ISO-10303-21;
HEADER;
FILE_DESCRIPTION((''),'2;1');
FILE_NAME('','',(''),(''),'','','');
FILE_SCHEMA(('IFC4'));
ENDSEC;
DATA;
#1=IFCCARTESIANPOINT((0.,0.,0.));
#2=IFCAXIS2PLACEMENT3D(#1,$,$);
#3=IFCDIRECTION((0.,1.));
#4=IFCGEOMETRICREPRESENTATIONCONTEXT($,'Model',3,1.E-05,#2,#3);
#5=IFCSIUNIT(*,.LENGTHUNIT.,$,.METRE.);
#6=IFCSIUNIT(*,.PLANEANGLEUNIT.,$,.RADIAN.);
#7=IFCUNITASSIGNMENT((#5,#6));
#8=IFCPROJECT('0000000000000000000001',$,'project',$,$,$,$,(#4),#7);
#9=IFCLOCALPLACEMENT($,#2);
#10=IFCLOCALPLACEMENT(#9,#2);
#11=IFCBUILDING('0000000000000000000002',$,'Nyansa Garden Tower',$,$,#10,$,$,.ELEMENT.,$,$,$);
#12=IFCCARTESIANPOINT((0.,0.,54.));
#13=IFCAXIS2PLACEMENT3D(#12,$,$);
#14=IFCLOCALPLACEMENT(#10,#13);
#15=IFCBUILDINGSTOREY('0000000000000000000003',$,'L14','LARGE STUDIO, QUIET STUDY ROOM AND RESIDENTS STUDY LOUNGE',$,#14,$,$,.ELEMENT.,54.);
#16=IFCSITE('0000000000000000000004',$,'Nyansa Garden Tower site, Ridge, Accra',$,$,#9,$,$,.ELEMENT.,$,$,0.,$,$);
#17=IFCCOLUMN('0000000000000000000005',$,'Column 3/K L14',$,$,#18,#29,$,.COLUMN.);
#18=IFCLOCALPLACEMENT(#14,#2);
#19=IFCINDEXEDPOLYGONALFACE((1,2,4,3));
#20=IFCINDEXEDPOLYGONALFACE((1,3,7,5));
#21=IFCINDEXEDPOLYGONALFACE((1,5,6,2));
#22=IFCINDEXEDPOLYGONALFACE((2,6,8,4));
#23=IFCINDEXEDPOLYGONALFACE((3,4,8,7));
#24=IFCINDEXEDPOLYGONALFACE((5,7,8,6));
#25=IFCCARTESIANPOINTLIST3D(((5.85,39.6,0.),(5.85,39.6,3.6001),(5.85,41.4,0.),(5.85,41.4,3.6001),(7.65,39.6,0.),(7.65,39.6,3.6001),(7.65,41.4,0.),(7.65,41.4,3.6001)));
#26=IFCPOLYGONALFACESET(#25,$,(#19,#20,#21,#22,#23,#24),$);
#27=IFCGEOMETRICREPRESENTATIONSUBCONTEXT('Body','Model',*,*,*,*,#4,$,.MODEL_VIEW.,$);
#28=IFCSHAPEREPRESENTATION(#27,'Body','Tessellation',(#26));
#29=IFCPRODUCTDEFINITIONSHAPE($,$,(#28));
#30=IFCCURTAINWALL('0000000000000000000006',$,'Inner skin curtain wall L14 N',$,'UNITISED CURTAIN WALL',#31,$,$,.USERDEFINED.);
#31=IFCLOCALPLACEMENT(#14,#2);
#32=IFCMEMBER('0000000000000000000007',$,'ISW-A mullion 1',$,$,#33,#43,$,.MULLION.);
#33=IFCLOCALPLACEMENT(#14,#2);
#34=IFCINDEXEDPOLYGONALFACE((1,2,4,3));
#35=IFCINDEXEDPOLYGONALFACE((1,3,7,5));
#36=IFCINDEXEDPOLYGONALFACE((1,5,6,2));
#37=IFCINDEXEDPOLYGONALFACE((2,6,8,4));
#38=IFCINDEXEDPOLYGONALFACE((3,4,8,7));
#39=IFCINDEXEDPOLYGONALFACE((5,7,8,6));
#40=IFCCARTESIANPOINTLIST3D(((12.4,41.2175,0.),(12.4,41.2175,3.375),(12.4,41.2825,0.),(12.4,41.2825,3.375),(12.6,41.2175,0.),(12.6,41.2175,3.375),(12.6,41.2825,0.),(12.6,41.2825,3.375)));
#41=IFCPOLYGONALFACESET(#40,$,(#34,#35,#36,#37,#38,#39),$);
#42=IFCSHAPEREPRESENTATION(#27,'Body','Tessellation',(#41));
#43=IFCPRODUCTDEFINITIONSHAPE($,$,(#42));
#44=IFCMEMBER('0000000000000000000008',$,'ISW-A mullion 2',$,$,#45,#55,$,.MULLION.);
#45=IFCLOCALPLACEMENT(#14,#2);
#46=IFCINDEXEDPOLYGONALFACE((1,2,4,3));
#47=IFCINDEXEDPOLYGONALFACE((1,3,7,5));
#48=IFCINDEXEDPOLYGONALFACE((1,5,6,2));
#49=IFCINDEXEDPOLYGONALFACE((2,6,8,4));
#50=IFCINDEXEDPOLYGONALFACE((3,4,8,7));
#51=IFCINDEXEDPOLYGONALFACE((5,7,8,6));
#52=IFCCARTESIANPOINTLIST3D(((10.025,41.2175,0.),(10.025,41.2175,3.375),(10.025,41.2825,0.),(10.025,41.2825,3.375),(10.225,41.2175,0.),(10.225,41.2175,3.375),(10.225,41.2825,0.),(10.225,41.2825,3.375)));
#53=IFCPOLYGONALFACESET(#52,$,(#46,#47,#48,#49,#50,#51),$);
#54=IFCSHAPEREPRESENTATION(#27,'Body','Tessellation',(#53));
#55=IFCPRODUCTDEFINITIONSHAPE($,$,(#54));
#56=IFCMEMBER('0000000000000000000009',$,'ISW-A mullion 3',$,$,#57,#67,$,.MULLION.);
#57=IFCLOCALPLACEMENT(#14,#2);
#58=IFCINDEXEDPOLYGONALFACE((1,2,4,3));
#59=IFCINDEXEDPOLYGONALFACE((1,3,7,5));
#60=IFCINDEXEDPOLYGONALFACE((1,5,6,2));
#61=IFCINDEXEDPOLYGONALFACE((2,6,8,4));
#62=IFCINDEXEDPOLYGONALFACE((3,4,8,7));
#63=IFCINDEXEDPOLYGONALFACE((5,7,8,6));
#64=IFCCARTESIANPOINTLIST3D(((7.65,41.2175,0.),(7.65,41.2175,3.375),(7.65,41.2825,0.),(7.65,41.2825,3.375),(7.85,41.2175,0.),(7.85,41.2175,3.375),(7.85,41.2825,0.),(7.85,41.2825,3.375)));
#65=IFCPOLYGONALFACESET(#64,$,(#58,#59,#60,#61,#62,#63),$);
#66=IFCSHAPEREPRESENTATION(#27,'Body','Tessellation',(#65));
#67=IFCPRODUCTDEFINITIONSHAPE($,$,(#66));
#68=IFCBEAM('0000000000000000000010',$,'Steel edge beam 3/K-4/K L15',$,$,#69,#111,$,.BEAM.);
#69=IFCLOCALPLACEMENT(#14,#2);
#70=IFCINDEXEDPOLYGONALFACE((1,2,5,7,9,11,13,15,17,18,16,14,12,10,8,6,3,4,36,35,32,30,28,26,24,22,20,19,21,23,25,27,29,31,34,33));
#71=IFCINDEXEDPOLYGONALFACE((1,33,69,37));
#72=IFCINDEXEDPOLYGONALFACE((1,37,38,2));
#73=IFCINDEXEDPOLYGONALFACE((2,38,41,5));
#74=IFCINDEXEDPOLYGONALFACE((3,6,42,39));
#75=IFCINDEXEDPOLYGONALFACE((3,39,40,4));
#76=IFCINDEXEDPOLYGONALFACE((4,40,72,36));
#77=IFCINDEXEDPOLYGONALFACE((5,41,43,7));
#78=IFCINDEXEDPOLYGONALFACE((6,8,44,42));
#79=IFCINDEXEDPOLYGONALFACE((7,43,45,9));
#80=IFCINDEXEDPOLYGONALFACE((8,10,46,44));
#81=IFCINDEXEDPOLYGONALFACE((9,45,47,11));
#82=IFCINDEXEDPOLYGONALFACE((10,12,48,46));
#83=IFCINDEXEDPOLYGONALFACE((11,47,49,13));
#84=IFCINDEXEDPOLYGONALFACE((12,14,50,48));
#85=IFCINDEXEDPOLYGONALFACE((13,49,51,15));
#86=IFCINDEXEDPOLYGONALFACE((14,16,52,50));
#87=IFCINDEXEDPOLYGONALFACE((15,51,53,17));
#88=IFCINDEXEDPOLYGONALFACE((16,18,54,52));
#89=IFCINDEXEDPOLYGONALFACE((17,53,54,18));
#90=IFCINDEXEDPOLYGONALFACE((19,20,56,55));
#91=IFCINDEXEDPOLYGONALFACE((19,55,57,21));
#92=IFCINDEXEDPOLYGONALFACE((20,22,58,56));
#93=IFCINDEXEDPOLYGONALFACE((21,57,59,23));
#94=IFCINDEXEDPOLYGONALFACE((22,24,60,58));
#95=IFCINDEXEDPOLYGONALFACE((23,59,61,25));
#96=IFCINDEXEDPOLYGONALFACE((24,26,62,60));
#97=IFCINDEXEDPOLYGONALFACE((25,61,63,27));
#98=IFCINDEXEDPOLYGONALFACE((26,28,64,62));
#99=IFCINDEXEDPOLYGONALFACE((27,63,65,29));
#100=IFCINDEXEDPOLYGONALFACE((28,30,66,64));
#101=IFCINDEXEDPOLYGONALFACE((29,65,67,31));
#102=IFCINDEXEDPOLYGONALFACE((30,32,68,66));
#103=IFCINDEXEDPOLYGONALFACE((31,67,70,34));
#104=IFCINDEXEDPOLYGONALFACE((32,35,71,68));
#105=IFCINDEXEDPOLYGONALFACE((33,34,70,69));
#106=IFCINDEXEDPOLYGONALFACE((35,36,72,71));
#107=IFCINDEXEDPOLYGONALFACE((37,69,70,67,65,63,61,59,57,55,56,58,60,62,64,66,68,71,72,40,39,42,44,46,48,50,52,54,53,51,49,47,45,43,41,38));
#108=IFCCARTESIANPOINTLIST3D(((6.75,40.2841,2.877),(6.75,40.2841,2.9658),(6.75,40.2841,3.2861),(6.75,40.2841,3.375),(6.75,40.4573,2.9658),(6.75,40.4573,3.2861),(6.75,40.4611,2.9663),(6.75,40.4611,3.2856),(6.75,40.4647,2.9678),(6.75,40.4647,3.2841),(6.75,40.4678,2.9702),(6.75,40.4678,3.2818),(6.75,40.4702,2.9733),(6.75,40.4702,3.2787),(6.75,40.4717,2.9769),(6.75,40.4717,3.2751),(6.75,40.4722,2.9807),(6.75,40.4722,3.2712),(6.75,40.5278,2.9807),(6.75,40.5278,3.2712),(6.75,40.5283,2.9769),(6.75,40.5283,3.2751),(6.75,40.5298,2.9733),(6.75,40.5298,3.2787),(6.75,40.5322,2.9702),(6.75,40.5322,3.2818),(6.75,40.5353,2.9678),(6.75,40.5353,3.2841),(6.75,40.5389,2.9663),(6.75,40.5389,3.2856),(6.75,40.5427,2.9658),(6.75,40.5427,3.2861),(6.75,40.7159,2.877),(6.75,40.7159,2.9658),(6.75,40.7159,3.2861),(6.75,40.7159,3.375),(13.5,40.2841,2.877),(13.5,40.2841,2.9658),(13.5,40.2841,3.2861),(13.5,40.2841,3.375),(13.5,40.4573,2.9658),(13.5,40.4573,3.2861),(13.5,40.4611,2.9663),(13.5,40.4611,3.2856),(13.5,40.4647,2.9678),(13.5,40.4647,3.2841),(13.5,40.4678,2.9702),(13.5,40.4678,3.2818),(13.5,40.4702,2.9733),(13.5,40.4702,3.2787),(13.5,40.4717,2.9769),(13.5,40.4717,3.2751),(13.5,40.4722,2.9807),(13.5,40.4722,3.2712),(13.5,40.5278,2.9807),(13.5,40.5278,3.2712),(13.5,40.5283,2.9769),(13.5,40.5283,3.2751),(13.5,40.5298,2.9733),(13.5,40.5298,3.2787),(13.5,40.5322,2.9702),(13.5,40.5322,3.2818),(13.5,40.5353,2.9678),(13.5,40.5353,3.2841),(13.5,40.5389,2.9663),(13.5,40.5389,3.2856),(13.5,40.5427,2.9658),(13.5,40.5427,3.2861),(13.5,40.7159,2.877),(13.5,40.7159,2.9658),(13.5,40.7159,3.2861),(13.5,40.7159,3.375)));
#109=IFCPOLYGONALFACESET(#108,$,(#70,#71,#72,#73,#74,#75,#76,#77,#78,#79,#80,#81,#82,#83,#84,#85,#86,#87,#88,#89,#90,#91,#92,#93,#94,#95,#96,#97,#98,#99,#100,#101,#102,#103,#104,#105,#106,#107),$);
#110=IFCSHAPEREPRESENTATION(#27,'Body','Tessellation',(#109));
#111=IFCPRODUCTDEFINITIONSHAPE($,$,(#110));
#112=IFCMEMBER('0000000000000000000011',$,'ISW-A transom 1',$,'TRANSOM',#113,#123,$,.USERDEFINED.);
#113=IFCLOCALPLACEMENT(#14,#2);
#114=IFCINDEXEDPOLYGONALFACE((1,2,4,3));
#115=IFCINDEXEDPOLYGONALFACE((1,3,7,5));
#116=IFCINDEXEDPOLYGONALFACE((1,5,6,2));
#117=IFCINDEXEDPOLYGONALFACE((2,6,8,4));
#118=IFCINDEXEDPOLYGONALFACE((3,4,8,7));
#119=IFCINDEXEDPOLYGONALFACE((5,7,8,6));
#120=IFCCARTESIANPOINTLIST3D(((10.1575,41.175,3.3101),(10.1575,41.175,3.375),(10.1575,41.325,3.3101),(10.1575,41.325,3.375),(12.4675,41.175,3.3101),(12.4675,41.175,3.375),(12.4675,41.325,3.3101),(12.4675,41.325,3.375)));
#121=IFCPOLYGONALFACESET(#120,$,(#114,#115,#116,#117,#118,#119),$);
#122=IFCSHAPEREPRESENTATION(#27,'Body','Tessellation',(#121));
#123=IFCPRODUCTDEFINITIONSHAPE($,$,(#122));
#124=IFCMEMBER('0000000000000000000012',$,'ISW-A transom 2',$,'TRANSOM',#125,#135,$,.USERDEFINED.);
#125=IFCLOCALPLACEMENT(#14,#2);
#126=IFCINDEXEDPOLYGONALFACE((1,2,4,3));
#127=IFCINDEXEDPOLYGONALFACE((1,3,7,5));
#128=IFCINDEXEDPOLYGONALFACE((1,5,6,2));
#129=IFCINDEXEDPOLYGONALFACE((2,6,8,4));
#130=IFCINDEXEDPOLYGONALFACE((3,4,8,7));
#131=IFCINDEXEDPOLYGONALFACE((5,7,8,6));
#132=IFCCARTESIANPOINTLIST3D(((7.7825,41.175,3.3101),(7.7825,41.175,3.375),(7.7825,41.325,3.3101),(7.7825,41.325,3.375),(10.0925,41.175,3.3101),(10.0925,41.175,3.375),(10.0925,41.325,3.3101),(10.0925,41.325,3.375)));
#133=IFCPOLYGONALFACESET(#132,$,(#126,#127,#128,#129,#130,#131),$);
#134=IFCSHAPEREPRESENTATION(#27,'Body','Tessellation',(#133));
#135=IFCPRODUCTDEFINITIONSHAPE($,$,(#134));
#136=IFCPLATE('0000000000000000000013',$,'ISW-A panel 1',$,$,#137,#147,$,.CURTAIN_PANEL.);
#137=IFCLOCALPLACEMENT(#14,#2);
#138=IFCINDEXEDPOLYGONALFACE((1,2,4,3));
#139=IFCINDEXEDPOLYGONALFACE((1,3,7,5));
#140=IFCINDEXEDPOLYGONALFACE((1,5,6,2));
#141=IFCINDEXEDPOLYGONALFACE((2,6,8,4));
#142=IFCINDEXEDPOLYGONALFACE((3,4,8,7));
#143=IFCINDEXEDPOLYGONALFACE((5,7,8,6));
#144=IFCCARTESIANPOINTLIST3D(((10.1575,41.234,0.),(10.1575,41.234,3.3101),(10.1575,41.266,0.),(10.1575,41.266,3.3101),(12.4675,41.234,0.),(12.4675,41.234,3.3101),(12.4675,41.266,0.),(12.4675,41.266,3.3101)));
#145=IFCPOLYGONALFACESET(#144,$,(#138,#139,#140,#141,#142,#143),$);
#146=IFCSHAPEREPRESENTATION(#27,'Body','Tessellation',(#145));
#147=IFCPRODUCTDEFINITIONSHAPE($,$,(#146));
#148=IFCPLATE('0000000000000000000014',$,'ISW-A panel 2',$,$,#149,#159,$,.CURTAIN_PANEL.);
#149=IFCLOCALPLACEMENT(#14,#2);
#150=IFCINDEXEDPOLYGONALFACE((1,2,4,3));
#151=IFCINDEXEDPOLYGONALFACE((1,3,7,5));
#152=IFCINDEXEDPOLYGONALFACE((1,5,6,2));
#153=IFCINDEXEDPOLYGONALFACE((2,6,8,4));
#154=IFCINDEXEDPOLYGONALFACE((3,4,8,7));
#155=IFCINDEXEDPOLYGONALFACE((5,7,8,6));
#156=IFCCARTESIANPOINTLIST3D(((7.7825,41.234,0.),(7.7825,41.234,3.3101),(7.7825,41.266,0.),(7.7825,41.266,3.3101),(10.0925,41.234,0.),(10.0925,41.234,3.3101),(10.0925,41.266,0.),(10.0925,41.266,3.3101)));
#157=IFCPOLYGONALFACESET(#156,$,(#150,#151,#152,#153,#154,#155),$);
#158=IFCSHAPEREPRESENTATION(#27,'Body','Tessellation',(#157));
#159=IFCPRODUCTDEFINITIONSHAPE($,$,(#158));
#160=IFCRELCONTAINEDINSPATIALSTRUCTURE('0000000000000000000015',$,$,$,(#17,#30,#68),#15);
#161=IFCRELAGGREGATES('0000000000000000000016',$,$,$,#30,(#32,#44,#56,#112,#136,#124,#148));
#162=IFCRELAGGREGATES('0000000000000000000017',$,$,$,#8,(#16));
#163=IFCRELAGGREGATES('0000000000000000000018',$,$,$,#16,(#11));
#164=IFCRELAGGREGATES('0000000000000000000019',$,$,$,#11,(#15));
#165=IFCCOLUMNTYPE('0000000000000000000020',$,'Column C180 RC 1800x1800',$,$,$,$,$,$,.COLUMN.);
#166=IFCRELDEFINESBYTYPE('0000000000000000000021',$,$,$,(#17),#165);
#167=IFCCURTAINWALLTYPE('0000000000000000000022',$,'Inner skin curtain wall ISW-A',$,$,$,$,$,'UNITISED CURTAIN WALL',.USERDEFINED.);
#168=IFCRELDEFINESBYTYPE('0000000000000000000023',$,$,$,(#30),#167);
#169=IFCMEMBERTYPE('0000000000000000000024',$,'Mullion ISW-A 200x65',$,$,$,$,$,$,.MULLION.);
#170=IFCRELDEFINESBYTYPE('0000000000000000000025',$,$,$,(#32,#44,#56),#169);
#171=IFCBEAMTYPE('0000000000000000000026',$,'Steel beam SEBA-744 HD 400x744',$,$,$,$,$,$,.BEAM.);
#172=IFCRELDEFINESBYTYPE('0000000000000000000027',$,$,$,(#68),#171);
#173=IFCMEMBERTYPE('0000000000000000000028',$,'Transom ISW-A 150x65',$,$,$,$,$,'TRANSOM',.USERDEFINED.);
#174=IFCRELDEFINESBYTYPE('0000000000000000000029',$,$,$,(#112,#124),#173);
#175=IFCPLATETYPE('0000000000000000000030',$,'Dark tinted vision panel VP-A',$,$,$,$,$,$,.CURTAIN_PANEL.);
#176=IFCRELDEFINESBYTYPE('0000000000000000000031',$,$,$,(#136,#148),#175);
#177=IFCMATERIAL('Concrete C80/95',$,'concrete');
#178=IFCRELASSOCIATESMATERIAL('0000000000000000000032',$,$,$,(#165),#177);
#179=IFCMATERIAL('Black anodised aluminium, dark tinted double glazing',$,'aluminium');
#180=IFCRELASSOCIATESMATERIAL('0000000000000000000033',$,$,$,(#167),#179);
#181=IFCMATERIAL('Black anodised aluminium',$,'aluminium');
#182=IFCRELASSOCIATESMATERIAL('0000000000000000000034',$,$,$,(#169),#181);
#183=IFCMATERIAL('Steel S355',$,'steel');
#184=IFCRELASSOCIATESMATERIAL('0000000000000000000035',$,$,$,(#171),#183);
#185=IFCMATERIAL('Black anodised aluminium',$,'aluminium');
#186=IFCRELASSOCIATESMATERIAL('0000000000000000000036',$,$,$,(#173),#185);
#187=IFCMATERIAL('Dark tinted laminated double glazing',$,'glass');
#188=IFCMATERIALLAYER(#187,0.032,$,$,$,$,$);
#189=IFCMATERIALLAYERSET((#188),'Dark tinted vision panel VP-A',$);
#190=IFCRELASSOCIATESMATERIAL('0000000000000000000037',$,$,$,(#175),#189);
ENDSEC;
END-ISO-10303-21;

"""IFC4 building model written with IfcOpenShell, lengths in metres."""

from ifc_helpers import new_model, si_unit, direction, frame, origin, origin_2d, place, context, subcontext, project, spatial, rectangle, i_section, extrude, material, layer, layer_set, material_profile, profile_set, type_object, element, aggregate, save


model = new_model("IFC4")

# Units and contexts
model_context = context("Model", 3, precision=1e-05, world=origin(), true_north=direction((0.0, 1.0)))
body_context = subcontext(model_context, "Body", "Model", "MODEL_VIEW")
ifc_project = project(units=[si_unit("LENGTHUNIT", "METRE"), si_unit("PLANEANGLEUNIT", "RADIAN")], contexts=[model_context])

# Site, building, storey
site_placement = place(None, origin())
site = spatial("IfcSite", under=ifc_project, at=site_placement, Name="Nyansa Garden Tower site, Ridge, Accra", CompositionType="ELEMENT", RefElevation=0.0)
building_placement = place(site_placement, origin())
building = spatial("IfcBuilding", under=site, at=building_placement, Name="Nyansa Garden Tower", CompositionType="ELEMENT")
storey_placement = place(building_placement, frame((0.0, 0.0, 54.0)))
storey = spatial("IfcBuildingStorey", under=building, at=storey_placement, Name="L14", Description="LARGE STUDIO, QUIET STUDY ROOM AND RESIDENTS STUDY LOUNGE", CompositionType="ELEMENT", Elevation=54.0)

# Column
ifc_material_1 = material(Name="Concrete C80/95", Category="concrete")
ifc_material_profile_1 = material_profile(ifc_material_1, rectangle(XDim=1.8, YDim=1.8, at=origin_2d()), Name="RC 1800x1800")
ifc_profile_set_1 = profile_set([ifc_material_profile_1], Name="Concrete C80/95")
column_type = type_object("IfcColumnType", Name="Column C180 RC 1800x1800", PredefinedType="COLUMN", material=ifc_profile_set_1)
column_placement = place(storey_placement, frame((6.75, 40.5, 0.0), z_axis=(0.0, 0.0, 1.0), x_axis=(1.0, 0.0, 0.0)))
element("IfcColumn", 1, at=column_placement, inside=storey, type_object=column_type, Name="Column 3/K L14", PredefinedType="COLUMN", context=body_context, shape_type="SweptSolid", body=[
    extrude(rectangle(XDim=1.8, YDim=1.8, at=origin_2d()), origin(), (0.0, 0.0, 1.0), 3.6001),
])

# Curtain wall, members
ifc_material_2 = material(Name="Black anodised aluminium, dark tinted double glazing", Category="aluminium")
curtain_wall_type = type_object("IfcCurtainWallType", Name="Inner skin curtain wall ISW-A", ElementType="UNITISED CURTAIN WALL", PredefinedType="USERDEFINED", material=ifc_material_2)
curtain_wall_placement = place(storey_placement, origin())
curtain_wall = element("IfcCurtainWall", 2, at=curtain_wall_placement, inside=storey, type_object=curtain_wall_type, Name="Inner skin curtain wall L14 N", ObjectType="UNITISED CURTAIN WALL", PredefinedType="USERDEFINED")
ifc_material_3 = material(Name="Black anodised aluminium", Category="aluminium")
ifc_material_profile_2 = material_profile(ifc_material_3, rectangle(XDim=0.0649, YDim=0.2, at=origin_2d()), Name="Mullion 200x65")
ifc_profile_set_2 = profile_set([ifc_material_profile_2], Name="Black anodised aluminium")
member_type_1 = type_object("IfcMemberType", Name="Mullion ISW-A 200x65", PredefinedType="MULLION", material=ifc_profile_set_2)
member_1_placement = place(storey_placement, frame((12.5, 41.25, 0.0), z_axis=(0.0, 0.0, 1.0), x_axis=(0.0, -1.0, 0.0)))
member_1 = element("IfcMember", 3, at=member_1_placement, type_object=member_type_1, Name="ISW-A mullion 1", PredefinedType="MULLION", context=body_context, shape_type="SweptSolid", body=[
    extrude(rectangle(XDim=0.0649, YDim=0.2, at=origin_2d()), origin(), (0.0, 0.0, 1.0), 3.375),
])
member_2_placement = place(storey_placement, frame((10.125, 41.25, 0.0), z_axis=(0.0, 0.0, 1.0), x_axis=(0.0, -1.0, 0.0)))
member_2 = element("IfcMember", 4, at=member_2_placement, type_object=member_type_1, Name="ISW-A mullion 2", PredefinedType="MULLION", context=body_context, shape_type="SweptSolid", body=[
    extrude(rectangle(XDim=0.0649, YDim=0.2, at=origin_2d()), origin(), (0.0, 0.0, 1.0), 3.375),
])
member_3_placement = place(storey_placement, frame((7.75, 41.25, 0.0), z_axis=(0.0, 0.0, 1.0), x_axis=(0.0, -1.0, 0.0)))
member_3 = element("IfcMember", 5, at=member_3_placement, type_object=member_type_1, Name="ISW-A mullion 3", PredefinedType="MULLION", context=body_context, shape_type="SweptSolid", body=[
    extrude(rectangle(XDim=0.0649, YDim=0.2, at=origin_2d()), origin(), (0.0, 0.0, 1.0), 3.375),
])

# Beam
ifc_material_4 = material(Name="Steel S355", Category="steel")
ifc_material_profile_3 = material_profile(ifc_material_4, i_section(OverallWidth=0.4319, OverallDepth=0.498, WebThickness=0.0557, FlangeThickness=0.0889, FilletRadius=0.0149, at=origin_2d()), Name="HD 400x744")
ifc_profile_set_3 = profile_set([ifc_material_profile_3], Name="Steel S355")
beam_type = type_object("IfcBeamType", Name="Steel beam SEBA-744 HD 400x744", PredefinedType="BEAM", material=ifc_profile_set_3)
beam_placement = place(storey_placement, frame((6.75, 40.5, 3.126), z_axis=(1.0, 0.0, 0.0), x_axis=(0.0, 1.0, 0.0)))
element("IfcBeam", 6, at=beam_placement, inside=storey, type_object=beam_type, Name="Steel edge beam 3/K-4/K L15", PredefinedType="BEAM", context=body_context, shape_type="SweptSolid", body=[
    extrude(i_section(OverallWidth=0.4319, OverallDepth=0.498, WebThickness=0.0557, FlangeThickness=0.0889, FilletRadius=0.0149, at=origin_2d()), origin(), (0.0, 0.0, 1.0), 6.75),
])

# Members
ifc_material_5 = material(Name="Black anodised aluminium", Category="aluminium")
ifc_material_profile_4 = material_profile(ifc_material_5, rectangle(XDim=0.1499, YDim=0.0649, at=origin_2d()), Name="Transom 150x65")
ifc_profile_set_4 = profile_set([ifc_material_profile_4], Name="Black anodised aluminium")
member_type_2 = type_object("IfcMemberType", Name="Transom ISW-A 150x65", ElementType="TRANSOM", PredefinedType="USERDEFINED", material=ifc_profile_set_4)
member_4_placement = place(storey_placement, frame((12.4675, 41.25, 3.3425), z_axis=(-1.0, 0.0, 0.0), x_axis=(0.0, -1.0, 0.0)))
member_4 = element("IfcMember", 7, at=member_4_placement, type_object=member_type_2, Name="ISW-A transom 1", ObjectType="TRANSOM", PredefinedType="USERDEFINED", context=body_context, shape_type="SweptSolid", body=[
    extrude(rectangle(XDim=0.1499, YDim=0.0649, at=origin_2d()), origin(), (0.0, 0.0, 1.0), 2.3101),
])
member_5_placement = place(storey_placement, frame((10.0925, 41.25, 3.3425), z_axis=(-1.0, 0.0, 0.0), x_axis=(0.0, -1.0, 0.0)))
member_5 = element("IfcMember", 8, at=member_5_placement, type_object=member_type_2, Name="ISW-A transom 2", ObjectType="TRANSOM", PredefinedType="USERDEFINED", context=body_context, shape_type="SweptSolid", body=[
    extrude(rectangle(XDim=0.1499, YDim=0.0649, at=origin_2d()), origin(), (0.0, 0.0, 1.0), 2.3101),
])

# Plates
ifc_material_6 = material(Name="Dark tinted laminated double glazing", Category="glass")
ifc_layer_1 = layer(ifc_material_6, 0.032)
ifc_layer_set_1 = layer_set([ifc_layer_1], Name="Dark tinted vision panel VP-A")
plate_type = type_object("IfcPlateType", Name="Dark tinted vision panel VP-A", PredefinedType="CURTAIN_PANEL", material=ifc_layer_set_1)
plate_1_placement = place(storey_placement, frame((11.3125, 41.25, 0.0), z_axis=(0.0, 0.0, 1.0), x_axis=(-1.0, 0.0, 0.0)))
plate_1 = element("IfcPlate", 9, at=plate_1_placement, type_object=plate_type, Name="ISW-A panel 1", PredefinedType="CURTAIN_PANEL", context=body_context, shape_type="SweptSolid", body=[
    extrude(rectangle(XDim=2.3101, YDim=0.032, at=origin_2d()), origin(), (0.0, 0.0, 1.0), 3.3101),
])
plate_2_placement = place(storey_placement, frame((8.9375, 41.25, 0.0), z_axis=(0.0, 0.0, 1.0), x_axis=(-1.0, 0.0, 0.0)))
plate_2 = element("IfcPlate", 10, at=plate_2_placement, type_object=plate_type, Name="ISW-A panel 2", PredefinedType="CURTAIN_PANEL", context=body_context, shape_type="SweptSolid", body=[
    extrude(rectangle(XDim=2.3101, YDim=0.032, at=origin_2d()), origin(), (0.0, 0.0, 1.0), 3.3101),
])
aggregate(curtain_wall, [member_1, member_2, member_3, member_4, plate_1, member_5, plate_2])

save(model, "model.ifc")
